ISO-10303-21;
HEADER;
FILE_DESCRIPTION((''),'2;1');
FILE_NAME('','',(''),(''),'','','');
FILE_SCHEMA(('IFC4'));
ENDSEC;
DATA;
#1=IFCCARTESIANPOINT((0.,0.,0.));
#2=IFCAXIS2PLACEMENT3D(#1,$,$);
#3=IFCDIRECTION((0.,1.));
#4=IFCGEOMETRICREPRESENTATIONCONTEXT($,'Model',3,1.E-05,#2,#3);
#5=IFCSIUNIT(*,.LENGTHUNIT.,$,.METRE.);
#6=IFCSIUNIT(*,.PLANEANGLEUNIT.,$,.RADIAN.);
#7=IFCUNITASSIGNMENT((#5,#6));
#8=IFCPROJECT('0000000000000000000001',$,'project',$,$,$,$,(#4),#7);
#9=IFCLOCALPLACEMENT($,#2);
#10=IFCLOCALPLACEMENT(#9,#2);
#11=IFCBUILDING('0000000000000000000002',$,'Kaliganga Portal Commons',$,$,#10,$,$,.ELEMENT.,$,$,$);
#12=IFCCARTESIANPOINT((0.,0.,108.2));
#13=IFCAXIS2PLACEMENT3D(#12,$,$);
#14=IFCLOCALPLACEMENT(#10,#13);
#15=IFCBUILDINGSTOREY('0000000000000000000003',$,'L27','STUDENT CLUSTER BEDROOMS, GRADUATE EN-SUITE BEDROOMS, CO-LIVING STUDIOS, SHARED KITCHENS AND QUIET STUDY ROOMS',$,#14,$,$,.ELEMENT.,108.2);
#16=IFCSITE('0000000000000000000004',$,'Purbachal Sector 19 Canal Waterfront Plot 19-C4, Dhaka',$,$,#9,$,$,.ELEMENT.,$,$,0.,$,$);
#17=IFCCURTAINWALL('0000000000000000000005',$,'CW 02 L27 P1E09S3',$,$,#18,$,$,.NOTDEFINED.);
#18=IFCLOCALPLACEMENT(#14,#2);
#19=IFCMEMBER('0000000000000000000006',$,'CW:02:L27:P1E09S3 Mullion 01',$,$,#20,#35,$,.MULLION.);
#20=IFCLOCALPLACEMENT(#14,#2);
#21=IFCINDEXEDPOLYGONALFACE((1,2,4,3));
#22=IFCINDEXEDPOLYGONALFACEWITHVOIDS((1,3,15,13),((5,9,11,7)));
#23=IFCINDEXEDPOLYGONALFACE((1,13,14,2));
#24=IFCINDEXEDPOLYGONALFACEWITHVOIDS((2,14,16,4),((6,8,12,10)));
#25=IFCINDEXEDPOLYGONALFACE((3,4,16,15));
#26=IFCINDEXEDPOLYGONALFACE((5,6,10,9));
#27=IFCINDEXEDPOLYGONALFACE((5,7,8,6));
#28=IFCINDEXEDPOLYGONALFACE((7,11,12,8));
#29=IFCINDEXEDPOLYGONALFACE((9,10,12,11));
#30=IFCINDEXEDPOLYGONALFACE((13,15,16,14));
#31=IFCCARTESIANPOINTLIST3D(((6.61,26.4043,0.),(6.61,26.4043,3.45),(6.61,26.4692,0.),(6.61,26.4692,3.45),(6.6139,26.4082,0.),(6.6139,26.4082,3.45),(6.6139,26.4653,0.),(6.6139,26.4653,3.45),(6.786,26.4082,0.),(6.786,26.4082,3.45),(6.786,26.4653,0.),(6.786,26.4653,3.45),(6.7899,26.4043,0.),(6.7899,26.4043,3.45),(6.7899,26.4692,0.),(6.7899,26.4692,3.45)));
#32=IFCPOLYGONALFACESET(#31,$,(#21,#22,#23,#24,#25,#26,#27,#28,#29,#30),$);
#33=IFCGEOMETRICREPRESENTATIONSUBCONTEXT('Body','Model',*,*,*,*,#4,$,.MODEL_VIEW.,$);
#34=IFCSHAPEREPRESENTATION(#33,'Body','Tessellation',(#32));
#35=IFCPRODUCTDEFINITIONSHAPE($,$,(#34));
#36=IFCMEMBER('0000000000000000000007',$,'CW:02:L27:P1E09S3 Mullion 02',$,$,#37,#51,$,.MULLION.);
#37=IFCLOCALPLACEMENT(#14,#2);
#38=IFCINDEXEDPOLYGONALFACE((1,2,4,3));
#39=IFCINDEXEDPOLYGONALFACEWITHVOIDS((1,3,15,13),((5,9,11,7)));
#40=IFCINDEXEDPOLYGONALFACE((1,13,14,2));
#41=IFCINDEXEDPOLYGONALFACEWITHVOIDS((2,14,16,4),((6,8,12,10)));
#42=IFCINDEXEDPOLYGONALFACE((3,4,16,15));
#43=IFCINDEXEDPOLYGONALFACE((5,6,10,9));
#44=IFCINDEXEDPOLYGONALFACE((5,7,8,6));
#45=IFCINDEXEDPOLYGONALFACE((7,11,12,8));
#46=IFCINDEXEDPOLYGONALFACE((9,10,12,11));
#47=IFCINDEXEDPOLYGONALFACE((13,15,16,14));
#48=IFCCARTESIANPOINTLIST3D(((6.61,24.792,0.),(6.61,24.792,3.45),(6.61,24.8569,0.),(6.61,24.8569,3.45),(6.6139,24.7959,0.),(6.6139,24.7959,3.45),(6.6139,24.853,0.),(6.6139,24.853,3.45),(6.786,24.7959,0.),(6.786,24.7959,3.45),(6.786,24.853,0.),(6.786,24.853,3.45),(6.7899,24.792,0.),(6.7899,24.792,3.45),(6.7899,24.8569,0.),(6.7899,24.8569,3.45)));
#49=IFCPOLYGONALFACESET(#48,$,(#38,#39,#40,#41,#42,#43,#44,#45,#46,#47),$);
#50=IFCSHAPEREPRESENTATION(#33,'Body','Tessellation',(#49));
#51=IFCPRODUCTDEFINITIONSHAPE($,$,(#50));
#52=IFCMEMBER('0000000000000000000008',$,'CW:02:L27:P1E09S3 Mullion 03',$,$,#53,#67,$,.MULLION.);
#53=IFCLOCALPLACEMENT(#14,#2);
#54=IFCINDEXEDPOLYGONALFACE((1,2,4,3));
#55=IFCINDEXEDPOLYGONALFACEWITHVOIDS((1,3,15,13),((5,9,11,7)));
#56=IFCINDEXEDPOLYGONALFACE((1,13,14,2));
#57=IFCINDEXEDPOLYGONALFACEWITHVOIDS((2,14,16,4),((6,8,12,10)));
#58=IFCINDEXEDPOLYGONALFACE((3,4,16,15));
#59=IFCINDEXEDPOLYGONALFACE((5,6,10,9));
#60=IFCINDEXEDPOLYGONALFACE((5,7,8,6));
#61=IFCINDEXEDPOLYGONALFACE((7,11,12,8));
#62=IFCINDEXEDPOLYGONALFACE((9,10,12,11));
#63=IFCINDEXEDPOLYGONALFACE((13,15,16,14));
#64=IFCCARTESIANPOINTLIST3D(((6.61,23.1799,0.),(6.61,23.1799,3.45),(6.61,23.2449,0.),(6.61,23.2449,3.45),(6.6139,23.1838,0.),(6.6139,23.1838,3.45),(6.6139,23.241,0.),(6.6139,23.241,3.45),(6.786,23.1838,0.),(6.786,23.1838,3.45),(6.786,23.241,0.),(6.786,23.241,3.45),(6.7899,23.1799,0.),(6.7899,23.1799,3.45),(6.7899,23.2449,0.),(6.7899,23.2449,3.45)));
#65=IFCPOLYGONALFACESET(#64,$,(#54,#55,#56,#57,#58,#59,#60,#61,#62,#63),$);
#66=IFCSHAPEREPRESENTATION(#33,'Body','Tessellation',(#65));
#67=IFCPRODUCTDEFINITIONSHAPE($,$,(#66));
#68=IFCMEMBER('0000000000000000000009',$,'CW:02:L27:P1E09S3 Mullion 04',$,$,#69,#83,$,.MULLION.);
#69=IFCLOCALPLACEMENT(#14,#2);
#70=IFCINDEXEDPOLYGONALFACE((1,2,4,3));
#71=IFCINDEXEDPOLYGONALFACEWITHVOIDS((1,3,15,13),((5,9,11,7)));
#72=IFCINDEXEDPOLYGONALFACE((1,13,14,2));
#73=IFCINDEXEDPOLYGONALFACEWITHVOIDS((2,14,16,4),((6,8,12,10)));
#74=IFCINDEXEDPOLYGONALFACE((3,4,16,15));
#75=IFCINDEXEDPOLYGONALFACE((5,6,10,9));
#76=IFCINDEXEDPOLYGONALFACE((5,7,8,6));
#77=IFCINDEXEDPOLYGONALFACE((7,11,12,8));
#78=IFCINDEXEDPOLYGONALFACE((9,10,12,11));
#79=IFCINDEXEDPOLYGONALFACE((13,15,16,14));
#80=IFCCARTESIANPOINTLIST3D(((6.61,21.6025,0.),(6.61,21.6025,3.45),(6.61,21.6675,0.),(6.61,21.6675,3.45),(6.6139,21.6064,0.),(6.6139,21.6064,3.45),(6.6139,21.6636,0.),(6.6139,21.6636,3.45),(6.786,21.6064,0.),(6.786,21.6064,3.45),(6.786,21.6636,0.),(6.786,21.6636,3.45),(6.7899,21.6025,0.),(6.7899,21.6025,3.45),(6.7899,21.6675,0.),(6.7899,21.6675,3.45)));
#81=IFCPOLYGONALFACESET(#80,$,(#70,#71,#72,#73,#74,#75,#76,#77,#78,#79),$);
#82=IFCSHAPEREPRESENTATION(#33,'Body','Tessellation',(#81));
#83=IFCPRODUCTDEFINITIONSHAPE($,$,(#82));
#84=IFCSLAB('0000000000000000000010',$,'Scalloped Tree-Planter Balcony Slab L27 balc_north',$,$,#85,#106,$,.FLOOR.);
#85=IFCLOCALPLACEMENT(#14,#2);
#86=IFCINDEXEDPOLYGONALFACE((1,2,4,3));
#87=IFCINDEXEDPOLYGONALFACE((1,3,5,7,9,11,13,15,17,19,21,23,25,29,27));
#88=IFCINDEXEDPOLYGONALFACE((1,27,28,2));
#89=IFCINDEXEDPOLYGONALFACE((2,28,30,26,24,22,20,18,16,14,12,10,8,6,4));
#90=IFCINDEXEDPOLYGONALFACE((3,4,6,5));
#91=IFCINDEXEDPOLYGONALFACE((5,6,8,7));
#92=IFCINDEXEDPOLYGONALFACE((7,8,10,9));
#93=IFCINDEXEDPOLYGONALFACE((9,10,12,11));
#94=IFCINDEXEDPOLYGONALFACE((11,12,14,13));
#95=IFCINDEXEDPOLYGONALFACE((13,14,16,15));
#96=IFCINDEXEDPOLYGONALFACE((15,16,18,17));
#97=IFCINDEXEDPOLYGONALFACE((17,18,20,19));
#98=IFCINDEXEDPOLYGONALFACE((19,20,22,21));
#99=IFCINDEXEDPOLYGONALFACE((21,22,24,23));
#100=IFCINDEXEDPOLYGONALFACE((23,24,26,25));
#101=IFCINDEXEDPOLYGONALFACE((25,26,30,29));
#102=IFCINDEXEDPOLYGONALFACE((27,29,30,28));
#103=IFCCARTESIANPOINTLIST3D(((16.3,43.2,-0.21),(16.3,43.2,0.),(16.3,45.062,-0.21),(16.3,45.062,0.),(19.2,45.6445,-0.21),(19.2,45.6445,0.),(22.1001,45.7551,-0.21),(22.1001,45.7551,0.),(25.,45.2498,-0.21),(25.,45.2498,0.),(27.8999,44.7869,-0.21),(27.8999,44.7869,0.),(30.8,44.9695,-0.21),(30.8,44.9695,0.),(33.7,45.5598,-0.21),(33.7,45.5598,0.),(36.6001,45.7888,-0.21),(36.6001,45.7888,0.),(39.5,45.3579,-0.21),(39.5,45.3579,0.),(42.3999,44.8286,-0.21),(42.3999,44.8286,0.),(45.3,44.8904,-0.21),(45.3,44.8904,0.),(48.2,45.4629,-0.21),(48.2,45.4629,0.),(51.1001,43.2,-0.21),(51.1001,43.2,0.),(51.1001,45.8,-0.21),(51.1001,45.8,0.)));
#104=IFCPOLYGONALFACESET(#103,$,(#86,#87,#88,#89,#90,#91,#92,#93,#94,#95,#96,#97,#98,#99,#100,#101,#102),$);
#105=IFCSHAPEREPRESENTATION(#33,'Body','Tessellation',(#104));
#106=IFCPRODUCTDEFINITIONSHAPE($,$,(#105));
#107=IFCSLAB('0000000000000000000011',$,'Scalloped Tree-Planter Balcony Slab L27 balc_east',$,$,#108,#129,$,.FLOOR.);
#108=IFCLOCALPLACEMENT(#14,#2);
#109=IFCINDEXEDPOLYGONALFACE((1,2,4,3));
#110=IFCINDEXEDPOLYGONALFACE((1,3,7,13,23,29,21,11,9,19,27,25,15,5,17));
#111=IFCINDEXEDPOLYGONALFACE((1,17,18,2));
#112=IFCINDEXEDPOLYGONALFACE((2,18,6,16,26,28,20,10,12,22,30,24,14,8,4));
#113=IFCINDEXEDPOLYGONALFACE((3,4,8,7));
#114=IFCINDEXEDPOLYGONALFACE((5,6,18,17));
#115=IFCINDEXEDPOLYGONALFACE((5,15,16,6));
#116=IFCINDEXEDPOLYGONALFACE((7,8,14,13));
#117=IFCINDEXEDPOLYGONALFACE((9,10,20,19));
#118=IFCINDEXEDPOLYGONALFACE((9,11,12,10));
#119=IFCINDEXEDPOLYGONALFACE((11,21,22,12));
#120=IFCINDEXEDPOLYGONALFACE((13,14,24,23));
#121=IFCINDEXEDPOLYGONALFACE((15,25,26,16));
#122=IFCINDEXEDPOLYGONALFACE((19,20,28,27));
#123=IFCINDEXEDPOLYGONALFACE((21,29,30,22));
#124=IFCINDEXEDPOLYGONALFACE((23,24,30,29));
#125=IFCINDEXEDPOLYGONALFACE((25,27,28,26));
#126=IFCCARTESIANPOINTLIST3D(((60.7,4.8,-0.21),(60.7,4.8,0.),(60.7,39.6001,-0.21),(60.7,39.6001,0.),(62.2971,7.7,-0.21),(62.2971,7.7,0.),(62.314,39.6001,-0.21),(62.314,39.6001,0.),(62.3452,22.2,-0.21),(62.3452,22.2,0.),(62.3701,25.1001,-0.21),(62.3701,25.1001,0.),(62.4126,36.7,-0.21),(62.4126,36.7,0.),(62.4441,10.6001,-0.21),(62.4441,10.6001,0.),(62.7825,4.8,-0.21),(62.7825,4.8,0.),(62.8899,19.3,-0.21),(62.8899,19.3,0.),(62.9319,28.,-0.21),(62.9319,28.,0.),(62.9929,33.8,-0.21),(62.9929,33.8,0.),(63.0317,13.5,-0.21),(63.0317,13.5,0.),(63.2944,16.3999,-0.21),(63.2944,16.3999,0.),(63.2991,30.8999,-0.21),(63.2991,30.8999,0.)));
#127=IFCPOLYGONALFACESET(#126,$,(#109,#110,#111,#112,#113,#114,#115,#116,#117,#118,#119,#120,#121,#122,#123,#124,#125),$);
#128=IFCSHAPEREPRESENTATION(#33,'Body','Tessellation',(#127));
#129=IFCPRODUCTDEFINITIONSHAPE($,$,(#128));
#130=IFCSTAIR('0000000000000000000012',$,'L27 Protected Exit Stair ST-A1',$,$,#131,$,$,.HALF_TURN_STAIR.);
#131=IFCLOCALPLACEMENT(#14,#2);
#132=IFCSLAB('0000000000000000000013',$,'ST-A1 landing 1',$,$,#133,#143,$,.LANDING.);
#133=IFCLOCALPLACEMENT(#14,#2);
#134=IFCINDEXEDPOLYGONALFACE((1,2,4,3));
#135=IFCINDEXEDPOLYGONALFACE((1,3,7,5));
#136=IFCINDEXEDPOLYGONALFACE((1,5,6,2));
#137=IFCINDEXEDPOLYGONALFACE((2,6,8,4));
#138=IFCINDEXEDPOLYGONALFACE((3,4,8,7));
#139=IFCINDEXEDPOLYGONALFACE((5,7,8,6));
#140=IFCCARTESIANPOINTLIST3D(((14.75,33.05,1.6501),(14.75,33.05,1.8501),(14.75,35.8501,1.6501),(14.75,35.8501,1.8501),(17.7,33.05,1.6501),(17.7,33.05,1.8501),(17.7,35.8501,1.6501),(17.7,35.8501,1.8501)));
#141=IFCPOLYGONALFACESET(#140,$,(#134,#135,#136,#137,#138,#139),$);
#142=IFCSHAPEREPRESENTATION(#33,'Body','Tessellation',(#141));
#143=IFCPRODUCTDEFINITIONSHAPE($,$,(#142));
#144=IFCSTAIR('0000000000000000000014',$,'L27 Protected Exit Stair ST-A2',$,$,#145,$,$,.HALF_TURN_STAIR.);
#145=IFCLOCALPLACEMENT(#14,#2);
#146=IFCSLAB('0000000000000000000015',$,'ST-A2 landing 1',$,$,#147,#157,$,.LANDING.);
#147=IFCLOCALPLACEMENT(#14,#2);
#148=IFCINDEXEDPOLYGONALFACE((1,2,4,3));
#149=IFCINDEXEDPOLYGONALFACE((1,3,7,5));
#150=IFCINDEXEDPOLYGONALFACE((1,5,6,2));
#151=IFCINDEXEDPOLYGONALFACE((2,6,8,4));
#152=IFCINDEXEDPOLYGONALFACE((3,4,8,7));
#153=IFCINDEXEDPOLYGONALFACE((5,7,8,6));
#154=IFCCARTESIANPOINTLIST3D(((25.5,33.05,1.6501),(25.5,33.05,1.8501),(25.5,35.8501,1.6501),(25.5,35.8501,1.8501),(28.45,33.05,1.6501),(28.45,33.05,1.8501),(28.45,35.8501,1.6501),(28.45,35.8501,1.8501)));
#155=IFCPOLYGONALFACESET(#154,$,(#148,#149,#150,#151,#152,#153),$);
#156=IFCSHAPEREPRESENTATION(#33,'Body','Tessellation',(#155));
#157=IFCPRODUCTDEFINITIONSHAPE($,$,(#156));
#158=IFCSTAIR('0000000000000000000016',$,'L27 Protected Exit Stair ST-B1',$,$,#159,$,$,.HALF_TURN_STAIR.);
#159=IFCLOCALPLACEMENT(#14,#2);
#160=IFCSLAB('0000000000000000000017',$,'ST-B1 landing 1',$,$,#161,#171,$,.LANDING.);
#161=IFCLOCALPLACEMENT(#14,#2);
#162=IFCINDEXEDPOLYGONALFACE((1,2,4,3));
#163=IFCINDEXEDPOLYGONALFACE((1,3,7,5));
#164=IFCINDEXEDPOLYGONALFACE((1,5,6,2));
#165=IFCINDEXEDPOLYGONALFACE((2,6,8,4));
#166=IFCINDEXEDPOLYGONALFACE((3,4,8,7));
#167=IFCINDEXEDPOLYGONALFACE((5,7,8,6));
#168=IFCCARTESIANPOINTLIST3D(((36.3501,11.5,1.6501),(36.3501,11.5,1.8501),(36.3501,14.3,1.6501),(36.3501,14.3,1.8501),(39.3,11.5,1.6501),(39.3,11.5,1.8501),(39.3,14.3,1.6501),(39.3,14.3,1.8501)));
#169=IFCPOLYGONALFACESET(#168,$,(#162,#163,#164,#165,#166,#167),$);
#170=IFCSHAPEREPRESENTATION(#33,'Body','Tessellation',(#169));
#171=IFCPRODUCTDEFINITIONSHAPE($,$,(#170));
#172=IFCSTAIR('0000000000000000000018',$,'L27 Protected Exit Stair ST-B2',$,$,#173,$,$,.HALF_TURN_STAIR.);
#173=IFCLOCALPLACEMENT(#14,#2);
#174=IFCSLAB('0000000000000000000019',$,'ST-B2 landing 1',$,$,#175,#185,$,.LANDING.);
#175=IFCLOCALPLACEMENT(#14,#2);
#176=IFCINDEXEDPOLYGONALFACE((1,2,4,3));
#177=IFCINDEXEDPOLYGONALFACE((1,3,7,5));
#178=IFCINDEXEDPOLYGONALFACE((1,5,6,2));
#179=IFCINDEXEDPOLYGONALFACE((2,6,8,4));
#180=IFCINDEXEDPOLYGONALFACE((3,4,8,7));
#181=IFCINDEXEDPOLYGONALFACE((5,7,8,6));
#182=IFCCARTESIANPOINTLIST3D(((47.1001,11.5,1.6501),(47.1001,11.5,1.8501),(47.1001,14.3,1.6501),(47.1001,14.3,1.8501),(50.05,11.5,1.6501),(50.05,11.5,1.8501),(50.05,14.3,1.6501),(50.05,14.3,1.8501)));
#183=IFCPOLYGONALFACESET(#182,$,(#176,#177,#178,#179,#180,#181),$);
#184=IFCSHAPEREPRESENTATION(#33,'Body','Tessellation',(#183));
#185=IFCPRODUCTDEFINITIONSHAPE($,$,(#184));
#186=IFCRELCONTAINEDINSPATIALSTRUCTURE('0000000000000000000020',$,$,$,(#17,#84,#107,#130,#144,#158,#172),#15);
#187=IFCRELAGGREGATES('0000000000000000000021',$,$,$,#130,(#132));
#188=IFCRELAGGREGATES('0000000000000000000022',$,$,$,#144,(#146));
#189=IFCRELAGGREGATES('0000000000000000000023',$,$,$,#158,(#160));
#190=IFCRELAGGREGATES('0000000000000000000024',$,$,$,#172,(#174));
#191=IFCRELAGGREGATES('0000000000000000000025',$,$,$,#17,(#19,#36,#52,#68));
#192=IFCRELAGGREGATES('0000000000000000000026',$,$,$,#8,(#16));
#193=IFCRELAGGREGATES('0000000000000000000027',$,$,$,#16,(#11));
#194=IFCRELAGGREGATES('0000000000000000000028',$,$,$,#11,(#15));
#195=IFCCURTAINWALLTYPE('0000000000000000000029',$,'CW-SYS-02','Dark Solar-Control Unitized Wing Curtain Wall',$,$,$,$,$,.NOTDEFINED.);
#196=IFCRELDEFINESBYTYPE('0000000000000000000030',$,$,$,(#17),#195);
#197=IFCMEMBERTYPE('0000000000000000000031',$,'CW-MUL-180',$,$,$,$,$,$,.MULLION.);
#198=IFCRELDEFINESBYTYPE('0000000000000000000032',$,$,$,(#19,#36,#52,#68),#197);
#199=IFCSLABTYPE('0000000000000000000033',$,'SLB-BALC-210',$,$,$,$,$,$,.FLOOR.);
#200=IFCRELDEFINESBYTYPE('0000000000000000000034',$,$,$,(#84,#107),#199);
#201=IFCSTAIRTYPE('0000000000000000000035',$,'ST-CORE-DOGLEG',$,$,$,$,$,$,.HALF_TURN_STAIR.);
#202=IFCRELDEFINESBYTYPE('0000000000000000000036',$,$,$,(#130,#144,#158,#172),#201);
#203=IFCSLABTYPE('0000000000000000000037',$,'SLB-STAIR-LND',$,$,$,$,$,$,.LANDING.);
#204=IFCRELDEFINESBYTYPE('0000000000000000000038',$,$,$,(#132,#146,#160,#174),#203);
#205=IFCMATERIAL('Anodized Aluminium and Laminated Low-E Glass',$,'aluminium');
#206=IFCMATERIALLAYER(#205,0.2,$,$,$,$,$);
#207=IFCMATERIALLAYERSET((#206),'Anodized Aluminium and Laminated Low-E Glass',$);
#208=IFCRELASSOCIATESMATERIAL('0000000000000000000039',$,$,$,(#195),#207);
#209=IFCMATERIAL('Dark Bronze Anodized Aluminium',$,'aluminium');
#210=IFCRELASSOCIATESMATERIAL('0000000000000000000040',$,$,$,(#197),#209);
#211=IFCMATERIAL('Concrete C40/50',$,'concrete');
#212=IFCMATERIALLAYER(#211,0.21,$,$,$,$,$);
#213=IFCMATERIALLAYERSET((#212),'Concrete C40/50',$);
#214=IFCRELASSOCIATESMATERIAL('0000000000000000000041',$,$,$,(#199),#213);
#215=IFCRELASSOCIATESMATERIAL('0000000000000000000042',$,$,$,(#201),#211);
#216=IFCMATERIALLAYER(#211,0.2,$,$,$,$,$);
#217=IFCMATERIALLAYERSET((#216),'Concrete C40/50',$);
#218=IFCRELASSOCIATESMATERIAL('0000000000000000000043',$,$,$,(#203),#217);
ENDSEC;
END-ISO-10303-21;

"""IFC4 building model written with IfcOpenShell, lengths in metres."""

from ifc_helpers import new_model, si_unit, direction, frame, origin, origin_2d, place, context, subcontext, project, spatial, polyline, hollow_rectangle, outline, extrude, source, transform, mapped, material, layer, layer_set, material_profile, profile_set, type_object, element, aggregate, save


model = new_model("IFC4")

# Units and contexts
model_context = context("Model", 3, precision=1e-05, world=origin(), true_north=direction((0.0, 1.0)))
body_context = subcontext(model_context, "Body", "Model", "MODEL_VIEW")
ifc_project = project(units=[si_unit("LENGTHUNIT", "METRE"), si_unit("PLANEANGLEUNIT", "RADIAN")], contexts=[model_context])

# Site, building, storey
site_placement = place(None, origin())
site = spatial("IfcSite", under=ifc_project, at=site_placement, Name="Purbachal Sector 19 Canal Waterfront Plot 19-C4, Dhaka", CompositionType="ELEMENT", RefElevation=0.0)
building_placement = place(site_placement, origin())
building = spatial("IfcBuilding", under=site, at=building_placement, Name="Kaliganga Portal Commons", CompositionType="ELEMENT")
storey_placement = place(building_placement, frame((0.0, 0.0, 108.2)))
storey = spatial("IfcBuildingStorey", under=building, at=storey_placement, Name="L27", Description="STUDENT CLUSTER BEDROOMS, GRADUATE EN-SUITE BEDROOMS, CO-LIVING STUDIOS, SHARED KITCHENS AND QUIET STUDY ROOMS", CompositionType="ELEMENT", Elevation=108.2)

# Curtain wall, members
ifc_material_1 = material(Name="Anodized Aluminium and Laminated Low-E Glass", Category="aluminium")
ifc_layer_1 = layer(ifc_material_1, 0.2)
ifc_layer_set_1 = layer_set([ifc_layer_1], Name="Anodized Aluminium and Laminated Low-E Glass")
curtain_wall_type = type_object("IfcCurtainWallType", Name="CW-SYS-02", Description="Dark Solar-Control Unitized Wing Curtain Wall", PredefinedType="NOTDEFINED", material=ifc_layer_set_1)
curtain_wall_placement = place(storey_placement, origin())
curtain_wall = element("IfcCurtainWall", 1, at=curtain_wall_placement, inside=storey, type_object=curtain_wall_type, Name="CW 02 L27 P1E09S3", PredefinedType="NOTDEFINED")
ifc_material_2 = material(Name="Dark Bronze Anodized Aluminium", Category="aluminium")
ifc_material_profile = material_profile(ifc_material_2, hollow_rectangle(XDim=0.0649, YDim=0.1799, WallThickness=0.0039, at=origin_2d()), Name="ALU MULL 65x180x4")
ifc_profile_set = profile_set([ifc_material_profile], Name="Dark Bronze Anodized Aluminium")
member_type = type_object("IfcMemberType", Name="CW-MUL-180", PredefinedType="MULLION", material=ifc_profile_set)
shared_shape_1 = source(origin(), body_context, "Body", "SweptSolid", [
    extrude(hollow_rectangle(XDim=0.0649, YDim=0.1799, WallThickness=0.0039, at=origin_2d()), origin(), (0.0, 0.0, 1.0), 3.45),
])
member_1_placement = place(storey_placement, frame((6.7, 26.4368, 0.0), z_axis=(0.0, 0.0, 1.0), x_axis=(0.0, -1.0, 0.0)))
member_1 = element("IfcMember", 2, at=member_1_placement, type_object=member_type, Name="CW:02:L27:P1E09S3 Mullion 01", PredefinedType="MULLION", context=body_context, shape_type="MappedRepresentation", body=[
    mapped(shared_shape_1, transform((0.0, 0.0, 0.0), x_axis=(1.0, 0.0, 0.0), y_axis=(0.0, 1.0, 0.0), z_axis=(0.0, 0.0, 1.0), scale=1.0)),
])
member_2_placement = place(storey_placement, frame((6.7, 24.8245, 0.0), z_axis=(0.0, 0.0, 1.0), x_axis=(0.0, -1.0, 0.0)))
member_2 = element("IfcMember", 3, at=member_2_placement, type_object=member_type, Name="CW:02:L27:P1E09S3 Mullion 02", PredefinedType="MULLION", context=body_context, shape_type="MappedRepresentation", body=[
    mapped(shared_shape_1, transform((0.0, 0.0, 0.0), x_axis=(1.0, 0.0, 0.0), y_axis=(0.0, 1.0, 0.0), z_axis=(0.0, 0.0, 1.0), scale=1.0)),
])
member_3_placement = place(storey_placement, frame((6.7, 23.2124, 0.0), z_axis=(0.0, 0.0, 1.0), x_axis=(0.0, -1.0, 0.0)))
member_3 = element("IfcMember", 4, at=member_3_placement, type_object=member_type, Name="CW:02:L27:P1E09S3 Mullion 03", PredefinedType="MULLION", context=body_context, shape_type="MappedRepresentation", body=[
    mapped(shared_shape_1, transform((0.0, 0.0, 0.0), x_axis=(1.0, 0.0, 0.0), y_axis=(0.0, 1.0, 0.0), z_axis=(0.0, 0.0, 1.0), scale=1.0)),
])
member_4_placement = place(storey_placement, frame((6.7, 21.635, 0.0), z_axis=(0.0, 0.0, 1.0), x_axis=(0.0, -1.0, 0.0)))
member_4 = element("IfcMember", 5, at=member_4_placement, type_object=member_type, Name="CW:02:L27:P1E09S3 Mullion 04", PredefinedType="MULLION", context=body_context, shape_type="MappedRepresentation", body=[
    mapped(shared_shape_1, transform((0.0, 0.0, 0.0), x_axis=(1.0, 0.0, 0.0), y_axis=(0.0, 1.0, 0.0), z_axis=(0.0, 0.0, 1.0), scale=1.0)),
])

# Slabs
ifc_material_3 = material(Name="Concrete C40/50", Category="concrete")
ifc_layer_2 = layer(ifc_material_3, 0.21)
ifc_layer_set_2 = layer_set([ifc_layer_2], Name="Concrete C40/50")
slab_type_1 = type_object("IfcSlabType", Name="SLB-BALC-210", PredefinedType="FLOOR", material=ifc_layer_set_2)
slab_1_placement = place(storey_placement, frame((0.0, 0.0, -0.21)))
element("IfcSlab", 6, at=slab_1_placement, inside=storey, type_object=slab_type_1, Name="Scalloped Tree-Planter Balcony Slab L27 balc_north", PredefinedType="FLOOR", context=body_context, shape_type="SweptSolid", body=[
    extrude(outline(polyline([(51.1001, 43.2), (51.1001, 45.8), (48.2, 45.4629), (45.3, 44.8904), (42.3999, 44.8286), (39.5, 45.3579), (36.6001, 45.7888), (33.7, 45.5598), (30.8, 44.9695), (27.8999, 44.7869), (25.0, 45.2498), (22.1001, 45.7551), (19.2, 45.6445), (16.3, 45.062), (16.3, 43.2), (51.1001, 43.2)])), origin(), (0.0, 0.0, 1.0), 0.21),
])
slab_2_placement = place(storey_placement, frame((0.0, 0.0, -0.21)))
element("IfcSlab", 7, at=slab_2_placement, inside=storey, type_object=slab_type_1, Name="Scalloped Tree-Planter Balcony Slab L27 balc_east", PredefinedType="FLOOR", context=body_context, shape_type="SweptSolid", body=[
    extrude(outline(polyline([(60.7, 4.8), (62.7825, 4.8), (62.2971, 7.7), (62.4441, 10.6001), (63.0317, 13.5), (63.2944, 16.3999), (62.8899, 19.3), (62.3452, 22.2), (62.3701, 25.1001), (62.9319, 28.0), (63.2991, 30.8999), (62.9929, 33.8), (62.4126, 36.7), (62.314, 39.6001), (60.7, 39.6001), (60.7, 4.8)])), origin(), (0.0, 0.0, 1.0), 0.21),
])

# Stairs, slabs
stair_type = type_object("IfcStairType", Name="ST-CORE-DOGLEG", PredefinedType="HALF_TURN_STAIR", material=ifc_material_3)
stair_1_placement = place(storey_placement, origin())
stair_1 = element("IfcStair", 8, at=stair_1_placement, inside=storey, type_object=stair_type, Name="L27 Protected Exit Stair ST-A1", PredefinedType="HALF_TURN_STAIR")
ifc_layer_3 = layer(ifc_material_3, 0.2)
ifc_layer_set_3 = layer_set([ifc_layer_3], Name="Concrete C40/50")
slab_type_2 = type_object("IfcSlabType", Name="SLB-STAIR-LND", PredefinedType="LANDING", material=ifc_layer_set_3)
slab_3_placement = place(storey_placement, frame((0.0, 0.0, 1.6501)))
slab_3 = element("IfcSlab", 9, at=slab_3_placement, type_object=slab_type_2, Name="ST-A1 landing 1", PredefinedType="LANDING", context=body_context, shape_type="SweptSolid", body=[
    extrude(outline(polyline([(17.7, 33.05), (17.7, 35.8501), (14.75, 35.8501), (14.75, 33.05), (17.7, 33.05)])), origin(), (0.0, 0.0, 1.0), 0.2),
])
aggregate(stair_1, [slab_3])
stair_2_placement = place(storey_placement, origin())
stair_2 = element("IfcStair", 10, at=stair_2_placement, inside=storey, type_object=stair_type, Name="L27 Protected Exit Stair ST-A2", PredefinedType="HALF_TURN_STAIR")
slab_4_placement = place(storey_placement, frame((0.0, 0.0, 1.6501)))
slab_4 = element("IfcSlab", 11, at=slab_4_placement, type_object=slab_type_2, Name="ST-A2 landing 1", PredefinedType="LANDING", context=body_context, shape_type="SweptSolid", body=[
    extrude(outline(polyline([(28.45, 33.05), (28.45, 35.8501), (25.5, 35.8501), (25.5, 33.05), (28.45, 33.05)])), origin(), (0.0, 0.0, 1.0), 0.2),
])
aggregate(stair_2, [slab_4])
stair_3_placement = place(storey_placement, origin())
stair_3 = element("IfcStair", 12, at=stair_3_placement, inside=storey, type_object=stair_type, Name="L27 Protected Exit Stair ST-B1", PredefinedType="HALF_TURN_STAIR")
slab_5_placement = place(storey_placement, frame((0.0, 0.0, 1.6501)))
slab_5 = element("IfcSlab", 13, at=slab_5_placement, type_object=slab_type_2, Name="ST-B1 landing 1", PredefinedType="LANDING", context=body_context, shape_type="SweptSolid", body=[
    extrude(outline(polyline([(39.3, 11.5), (39.3, 14.3), (36.3501, 14.3), (36.3501, 11.5), (39.3, 11.5)])), origin(), (0.0, 0.0, 1.0), 0.2),
])
aggregate(stair_3, [slab_5])
stair_4_placement = place(storey_placement, origin())
stair_4 = element("IfcStair", 14, at=stair_4_placement, inside=storey, type_object=stair_type, Name="L27 Protected Exit Stair ST-B2", PredefinedType="HALF_TURN_STAIR")
slab_6_placement = place(storey_placement, frame((0.0, 0.0, 1.6501)))
slab_6 = element("IfcSlab", 15, at=slab_6_placement, type_object=slab_type_2, Name="ST-B2 landing 1", PredefinedType="LANDING", context=body_context, shape_type="SweptSolid", body=[
    extrude(outline(polyline([(50.05, 11.5), (50.05, 14.3), (47.1001, 14.3), (47.1001, 11.5), (50.05, 11.5)])), origin(), (0.0, 0.0, 1.0), 0.2),
])
aggregate(stair_4, [slab_6])

aggregate(curtain_wall, [member_1, member_2, member_3, member_4])

save(model, "model.ifc")
